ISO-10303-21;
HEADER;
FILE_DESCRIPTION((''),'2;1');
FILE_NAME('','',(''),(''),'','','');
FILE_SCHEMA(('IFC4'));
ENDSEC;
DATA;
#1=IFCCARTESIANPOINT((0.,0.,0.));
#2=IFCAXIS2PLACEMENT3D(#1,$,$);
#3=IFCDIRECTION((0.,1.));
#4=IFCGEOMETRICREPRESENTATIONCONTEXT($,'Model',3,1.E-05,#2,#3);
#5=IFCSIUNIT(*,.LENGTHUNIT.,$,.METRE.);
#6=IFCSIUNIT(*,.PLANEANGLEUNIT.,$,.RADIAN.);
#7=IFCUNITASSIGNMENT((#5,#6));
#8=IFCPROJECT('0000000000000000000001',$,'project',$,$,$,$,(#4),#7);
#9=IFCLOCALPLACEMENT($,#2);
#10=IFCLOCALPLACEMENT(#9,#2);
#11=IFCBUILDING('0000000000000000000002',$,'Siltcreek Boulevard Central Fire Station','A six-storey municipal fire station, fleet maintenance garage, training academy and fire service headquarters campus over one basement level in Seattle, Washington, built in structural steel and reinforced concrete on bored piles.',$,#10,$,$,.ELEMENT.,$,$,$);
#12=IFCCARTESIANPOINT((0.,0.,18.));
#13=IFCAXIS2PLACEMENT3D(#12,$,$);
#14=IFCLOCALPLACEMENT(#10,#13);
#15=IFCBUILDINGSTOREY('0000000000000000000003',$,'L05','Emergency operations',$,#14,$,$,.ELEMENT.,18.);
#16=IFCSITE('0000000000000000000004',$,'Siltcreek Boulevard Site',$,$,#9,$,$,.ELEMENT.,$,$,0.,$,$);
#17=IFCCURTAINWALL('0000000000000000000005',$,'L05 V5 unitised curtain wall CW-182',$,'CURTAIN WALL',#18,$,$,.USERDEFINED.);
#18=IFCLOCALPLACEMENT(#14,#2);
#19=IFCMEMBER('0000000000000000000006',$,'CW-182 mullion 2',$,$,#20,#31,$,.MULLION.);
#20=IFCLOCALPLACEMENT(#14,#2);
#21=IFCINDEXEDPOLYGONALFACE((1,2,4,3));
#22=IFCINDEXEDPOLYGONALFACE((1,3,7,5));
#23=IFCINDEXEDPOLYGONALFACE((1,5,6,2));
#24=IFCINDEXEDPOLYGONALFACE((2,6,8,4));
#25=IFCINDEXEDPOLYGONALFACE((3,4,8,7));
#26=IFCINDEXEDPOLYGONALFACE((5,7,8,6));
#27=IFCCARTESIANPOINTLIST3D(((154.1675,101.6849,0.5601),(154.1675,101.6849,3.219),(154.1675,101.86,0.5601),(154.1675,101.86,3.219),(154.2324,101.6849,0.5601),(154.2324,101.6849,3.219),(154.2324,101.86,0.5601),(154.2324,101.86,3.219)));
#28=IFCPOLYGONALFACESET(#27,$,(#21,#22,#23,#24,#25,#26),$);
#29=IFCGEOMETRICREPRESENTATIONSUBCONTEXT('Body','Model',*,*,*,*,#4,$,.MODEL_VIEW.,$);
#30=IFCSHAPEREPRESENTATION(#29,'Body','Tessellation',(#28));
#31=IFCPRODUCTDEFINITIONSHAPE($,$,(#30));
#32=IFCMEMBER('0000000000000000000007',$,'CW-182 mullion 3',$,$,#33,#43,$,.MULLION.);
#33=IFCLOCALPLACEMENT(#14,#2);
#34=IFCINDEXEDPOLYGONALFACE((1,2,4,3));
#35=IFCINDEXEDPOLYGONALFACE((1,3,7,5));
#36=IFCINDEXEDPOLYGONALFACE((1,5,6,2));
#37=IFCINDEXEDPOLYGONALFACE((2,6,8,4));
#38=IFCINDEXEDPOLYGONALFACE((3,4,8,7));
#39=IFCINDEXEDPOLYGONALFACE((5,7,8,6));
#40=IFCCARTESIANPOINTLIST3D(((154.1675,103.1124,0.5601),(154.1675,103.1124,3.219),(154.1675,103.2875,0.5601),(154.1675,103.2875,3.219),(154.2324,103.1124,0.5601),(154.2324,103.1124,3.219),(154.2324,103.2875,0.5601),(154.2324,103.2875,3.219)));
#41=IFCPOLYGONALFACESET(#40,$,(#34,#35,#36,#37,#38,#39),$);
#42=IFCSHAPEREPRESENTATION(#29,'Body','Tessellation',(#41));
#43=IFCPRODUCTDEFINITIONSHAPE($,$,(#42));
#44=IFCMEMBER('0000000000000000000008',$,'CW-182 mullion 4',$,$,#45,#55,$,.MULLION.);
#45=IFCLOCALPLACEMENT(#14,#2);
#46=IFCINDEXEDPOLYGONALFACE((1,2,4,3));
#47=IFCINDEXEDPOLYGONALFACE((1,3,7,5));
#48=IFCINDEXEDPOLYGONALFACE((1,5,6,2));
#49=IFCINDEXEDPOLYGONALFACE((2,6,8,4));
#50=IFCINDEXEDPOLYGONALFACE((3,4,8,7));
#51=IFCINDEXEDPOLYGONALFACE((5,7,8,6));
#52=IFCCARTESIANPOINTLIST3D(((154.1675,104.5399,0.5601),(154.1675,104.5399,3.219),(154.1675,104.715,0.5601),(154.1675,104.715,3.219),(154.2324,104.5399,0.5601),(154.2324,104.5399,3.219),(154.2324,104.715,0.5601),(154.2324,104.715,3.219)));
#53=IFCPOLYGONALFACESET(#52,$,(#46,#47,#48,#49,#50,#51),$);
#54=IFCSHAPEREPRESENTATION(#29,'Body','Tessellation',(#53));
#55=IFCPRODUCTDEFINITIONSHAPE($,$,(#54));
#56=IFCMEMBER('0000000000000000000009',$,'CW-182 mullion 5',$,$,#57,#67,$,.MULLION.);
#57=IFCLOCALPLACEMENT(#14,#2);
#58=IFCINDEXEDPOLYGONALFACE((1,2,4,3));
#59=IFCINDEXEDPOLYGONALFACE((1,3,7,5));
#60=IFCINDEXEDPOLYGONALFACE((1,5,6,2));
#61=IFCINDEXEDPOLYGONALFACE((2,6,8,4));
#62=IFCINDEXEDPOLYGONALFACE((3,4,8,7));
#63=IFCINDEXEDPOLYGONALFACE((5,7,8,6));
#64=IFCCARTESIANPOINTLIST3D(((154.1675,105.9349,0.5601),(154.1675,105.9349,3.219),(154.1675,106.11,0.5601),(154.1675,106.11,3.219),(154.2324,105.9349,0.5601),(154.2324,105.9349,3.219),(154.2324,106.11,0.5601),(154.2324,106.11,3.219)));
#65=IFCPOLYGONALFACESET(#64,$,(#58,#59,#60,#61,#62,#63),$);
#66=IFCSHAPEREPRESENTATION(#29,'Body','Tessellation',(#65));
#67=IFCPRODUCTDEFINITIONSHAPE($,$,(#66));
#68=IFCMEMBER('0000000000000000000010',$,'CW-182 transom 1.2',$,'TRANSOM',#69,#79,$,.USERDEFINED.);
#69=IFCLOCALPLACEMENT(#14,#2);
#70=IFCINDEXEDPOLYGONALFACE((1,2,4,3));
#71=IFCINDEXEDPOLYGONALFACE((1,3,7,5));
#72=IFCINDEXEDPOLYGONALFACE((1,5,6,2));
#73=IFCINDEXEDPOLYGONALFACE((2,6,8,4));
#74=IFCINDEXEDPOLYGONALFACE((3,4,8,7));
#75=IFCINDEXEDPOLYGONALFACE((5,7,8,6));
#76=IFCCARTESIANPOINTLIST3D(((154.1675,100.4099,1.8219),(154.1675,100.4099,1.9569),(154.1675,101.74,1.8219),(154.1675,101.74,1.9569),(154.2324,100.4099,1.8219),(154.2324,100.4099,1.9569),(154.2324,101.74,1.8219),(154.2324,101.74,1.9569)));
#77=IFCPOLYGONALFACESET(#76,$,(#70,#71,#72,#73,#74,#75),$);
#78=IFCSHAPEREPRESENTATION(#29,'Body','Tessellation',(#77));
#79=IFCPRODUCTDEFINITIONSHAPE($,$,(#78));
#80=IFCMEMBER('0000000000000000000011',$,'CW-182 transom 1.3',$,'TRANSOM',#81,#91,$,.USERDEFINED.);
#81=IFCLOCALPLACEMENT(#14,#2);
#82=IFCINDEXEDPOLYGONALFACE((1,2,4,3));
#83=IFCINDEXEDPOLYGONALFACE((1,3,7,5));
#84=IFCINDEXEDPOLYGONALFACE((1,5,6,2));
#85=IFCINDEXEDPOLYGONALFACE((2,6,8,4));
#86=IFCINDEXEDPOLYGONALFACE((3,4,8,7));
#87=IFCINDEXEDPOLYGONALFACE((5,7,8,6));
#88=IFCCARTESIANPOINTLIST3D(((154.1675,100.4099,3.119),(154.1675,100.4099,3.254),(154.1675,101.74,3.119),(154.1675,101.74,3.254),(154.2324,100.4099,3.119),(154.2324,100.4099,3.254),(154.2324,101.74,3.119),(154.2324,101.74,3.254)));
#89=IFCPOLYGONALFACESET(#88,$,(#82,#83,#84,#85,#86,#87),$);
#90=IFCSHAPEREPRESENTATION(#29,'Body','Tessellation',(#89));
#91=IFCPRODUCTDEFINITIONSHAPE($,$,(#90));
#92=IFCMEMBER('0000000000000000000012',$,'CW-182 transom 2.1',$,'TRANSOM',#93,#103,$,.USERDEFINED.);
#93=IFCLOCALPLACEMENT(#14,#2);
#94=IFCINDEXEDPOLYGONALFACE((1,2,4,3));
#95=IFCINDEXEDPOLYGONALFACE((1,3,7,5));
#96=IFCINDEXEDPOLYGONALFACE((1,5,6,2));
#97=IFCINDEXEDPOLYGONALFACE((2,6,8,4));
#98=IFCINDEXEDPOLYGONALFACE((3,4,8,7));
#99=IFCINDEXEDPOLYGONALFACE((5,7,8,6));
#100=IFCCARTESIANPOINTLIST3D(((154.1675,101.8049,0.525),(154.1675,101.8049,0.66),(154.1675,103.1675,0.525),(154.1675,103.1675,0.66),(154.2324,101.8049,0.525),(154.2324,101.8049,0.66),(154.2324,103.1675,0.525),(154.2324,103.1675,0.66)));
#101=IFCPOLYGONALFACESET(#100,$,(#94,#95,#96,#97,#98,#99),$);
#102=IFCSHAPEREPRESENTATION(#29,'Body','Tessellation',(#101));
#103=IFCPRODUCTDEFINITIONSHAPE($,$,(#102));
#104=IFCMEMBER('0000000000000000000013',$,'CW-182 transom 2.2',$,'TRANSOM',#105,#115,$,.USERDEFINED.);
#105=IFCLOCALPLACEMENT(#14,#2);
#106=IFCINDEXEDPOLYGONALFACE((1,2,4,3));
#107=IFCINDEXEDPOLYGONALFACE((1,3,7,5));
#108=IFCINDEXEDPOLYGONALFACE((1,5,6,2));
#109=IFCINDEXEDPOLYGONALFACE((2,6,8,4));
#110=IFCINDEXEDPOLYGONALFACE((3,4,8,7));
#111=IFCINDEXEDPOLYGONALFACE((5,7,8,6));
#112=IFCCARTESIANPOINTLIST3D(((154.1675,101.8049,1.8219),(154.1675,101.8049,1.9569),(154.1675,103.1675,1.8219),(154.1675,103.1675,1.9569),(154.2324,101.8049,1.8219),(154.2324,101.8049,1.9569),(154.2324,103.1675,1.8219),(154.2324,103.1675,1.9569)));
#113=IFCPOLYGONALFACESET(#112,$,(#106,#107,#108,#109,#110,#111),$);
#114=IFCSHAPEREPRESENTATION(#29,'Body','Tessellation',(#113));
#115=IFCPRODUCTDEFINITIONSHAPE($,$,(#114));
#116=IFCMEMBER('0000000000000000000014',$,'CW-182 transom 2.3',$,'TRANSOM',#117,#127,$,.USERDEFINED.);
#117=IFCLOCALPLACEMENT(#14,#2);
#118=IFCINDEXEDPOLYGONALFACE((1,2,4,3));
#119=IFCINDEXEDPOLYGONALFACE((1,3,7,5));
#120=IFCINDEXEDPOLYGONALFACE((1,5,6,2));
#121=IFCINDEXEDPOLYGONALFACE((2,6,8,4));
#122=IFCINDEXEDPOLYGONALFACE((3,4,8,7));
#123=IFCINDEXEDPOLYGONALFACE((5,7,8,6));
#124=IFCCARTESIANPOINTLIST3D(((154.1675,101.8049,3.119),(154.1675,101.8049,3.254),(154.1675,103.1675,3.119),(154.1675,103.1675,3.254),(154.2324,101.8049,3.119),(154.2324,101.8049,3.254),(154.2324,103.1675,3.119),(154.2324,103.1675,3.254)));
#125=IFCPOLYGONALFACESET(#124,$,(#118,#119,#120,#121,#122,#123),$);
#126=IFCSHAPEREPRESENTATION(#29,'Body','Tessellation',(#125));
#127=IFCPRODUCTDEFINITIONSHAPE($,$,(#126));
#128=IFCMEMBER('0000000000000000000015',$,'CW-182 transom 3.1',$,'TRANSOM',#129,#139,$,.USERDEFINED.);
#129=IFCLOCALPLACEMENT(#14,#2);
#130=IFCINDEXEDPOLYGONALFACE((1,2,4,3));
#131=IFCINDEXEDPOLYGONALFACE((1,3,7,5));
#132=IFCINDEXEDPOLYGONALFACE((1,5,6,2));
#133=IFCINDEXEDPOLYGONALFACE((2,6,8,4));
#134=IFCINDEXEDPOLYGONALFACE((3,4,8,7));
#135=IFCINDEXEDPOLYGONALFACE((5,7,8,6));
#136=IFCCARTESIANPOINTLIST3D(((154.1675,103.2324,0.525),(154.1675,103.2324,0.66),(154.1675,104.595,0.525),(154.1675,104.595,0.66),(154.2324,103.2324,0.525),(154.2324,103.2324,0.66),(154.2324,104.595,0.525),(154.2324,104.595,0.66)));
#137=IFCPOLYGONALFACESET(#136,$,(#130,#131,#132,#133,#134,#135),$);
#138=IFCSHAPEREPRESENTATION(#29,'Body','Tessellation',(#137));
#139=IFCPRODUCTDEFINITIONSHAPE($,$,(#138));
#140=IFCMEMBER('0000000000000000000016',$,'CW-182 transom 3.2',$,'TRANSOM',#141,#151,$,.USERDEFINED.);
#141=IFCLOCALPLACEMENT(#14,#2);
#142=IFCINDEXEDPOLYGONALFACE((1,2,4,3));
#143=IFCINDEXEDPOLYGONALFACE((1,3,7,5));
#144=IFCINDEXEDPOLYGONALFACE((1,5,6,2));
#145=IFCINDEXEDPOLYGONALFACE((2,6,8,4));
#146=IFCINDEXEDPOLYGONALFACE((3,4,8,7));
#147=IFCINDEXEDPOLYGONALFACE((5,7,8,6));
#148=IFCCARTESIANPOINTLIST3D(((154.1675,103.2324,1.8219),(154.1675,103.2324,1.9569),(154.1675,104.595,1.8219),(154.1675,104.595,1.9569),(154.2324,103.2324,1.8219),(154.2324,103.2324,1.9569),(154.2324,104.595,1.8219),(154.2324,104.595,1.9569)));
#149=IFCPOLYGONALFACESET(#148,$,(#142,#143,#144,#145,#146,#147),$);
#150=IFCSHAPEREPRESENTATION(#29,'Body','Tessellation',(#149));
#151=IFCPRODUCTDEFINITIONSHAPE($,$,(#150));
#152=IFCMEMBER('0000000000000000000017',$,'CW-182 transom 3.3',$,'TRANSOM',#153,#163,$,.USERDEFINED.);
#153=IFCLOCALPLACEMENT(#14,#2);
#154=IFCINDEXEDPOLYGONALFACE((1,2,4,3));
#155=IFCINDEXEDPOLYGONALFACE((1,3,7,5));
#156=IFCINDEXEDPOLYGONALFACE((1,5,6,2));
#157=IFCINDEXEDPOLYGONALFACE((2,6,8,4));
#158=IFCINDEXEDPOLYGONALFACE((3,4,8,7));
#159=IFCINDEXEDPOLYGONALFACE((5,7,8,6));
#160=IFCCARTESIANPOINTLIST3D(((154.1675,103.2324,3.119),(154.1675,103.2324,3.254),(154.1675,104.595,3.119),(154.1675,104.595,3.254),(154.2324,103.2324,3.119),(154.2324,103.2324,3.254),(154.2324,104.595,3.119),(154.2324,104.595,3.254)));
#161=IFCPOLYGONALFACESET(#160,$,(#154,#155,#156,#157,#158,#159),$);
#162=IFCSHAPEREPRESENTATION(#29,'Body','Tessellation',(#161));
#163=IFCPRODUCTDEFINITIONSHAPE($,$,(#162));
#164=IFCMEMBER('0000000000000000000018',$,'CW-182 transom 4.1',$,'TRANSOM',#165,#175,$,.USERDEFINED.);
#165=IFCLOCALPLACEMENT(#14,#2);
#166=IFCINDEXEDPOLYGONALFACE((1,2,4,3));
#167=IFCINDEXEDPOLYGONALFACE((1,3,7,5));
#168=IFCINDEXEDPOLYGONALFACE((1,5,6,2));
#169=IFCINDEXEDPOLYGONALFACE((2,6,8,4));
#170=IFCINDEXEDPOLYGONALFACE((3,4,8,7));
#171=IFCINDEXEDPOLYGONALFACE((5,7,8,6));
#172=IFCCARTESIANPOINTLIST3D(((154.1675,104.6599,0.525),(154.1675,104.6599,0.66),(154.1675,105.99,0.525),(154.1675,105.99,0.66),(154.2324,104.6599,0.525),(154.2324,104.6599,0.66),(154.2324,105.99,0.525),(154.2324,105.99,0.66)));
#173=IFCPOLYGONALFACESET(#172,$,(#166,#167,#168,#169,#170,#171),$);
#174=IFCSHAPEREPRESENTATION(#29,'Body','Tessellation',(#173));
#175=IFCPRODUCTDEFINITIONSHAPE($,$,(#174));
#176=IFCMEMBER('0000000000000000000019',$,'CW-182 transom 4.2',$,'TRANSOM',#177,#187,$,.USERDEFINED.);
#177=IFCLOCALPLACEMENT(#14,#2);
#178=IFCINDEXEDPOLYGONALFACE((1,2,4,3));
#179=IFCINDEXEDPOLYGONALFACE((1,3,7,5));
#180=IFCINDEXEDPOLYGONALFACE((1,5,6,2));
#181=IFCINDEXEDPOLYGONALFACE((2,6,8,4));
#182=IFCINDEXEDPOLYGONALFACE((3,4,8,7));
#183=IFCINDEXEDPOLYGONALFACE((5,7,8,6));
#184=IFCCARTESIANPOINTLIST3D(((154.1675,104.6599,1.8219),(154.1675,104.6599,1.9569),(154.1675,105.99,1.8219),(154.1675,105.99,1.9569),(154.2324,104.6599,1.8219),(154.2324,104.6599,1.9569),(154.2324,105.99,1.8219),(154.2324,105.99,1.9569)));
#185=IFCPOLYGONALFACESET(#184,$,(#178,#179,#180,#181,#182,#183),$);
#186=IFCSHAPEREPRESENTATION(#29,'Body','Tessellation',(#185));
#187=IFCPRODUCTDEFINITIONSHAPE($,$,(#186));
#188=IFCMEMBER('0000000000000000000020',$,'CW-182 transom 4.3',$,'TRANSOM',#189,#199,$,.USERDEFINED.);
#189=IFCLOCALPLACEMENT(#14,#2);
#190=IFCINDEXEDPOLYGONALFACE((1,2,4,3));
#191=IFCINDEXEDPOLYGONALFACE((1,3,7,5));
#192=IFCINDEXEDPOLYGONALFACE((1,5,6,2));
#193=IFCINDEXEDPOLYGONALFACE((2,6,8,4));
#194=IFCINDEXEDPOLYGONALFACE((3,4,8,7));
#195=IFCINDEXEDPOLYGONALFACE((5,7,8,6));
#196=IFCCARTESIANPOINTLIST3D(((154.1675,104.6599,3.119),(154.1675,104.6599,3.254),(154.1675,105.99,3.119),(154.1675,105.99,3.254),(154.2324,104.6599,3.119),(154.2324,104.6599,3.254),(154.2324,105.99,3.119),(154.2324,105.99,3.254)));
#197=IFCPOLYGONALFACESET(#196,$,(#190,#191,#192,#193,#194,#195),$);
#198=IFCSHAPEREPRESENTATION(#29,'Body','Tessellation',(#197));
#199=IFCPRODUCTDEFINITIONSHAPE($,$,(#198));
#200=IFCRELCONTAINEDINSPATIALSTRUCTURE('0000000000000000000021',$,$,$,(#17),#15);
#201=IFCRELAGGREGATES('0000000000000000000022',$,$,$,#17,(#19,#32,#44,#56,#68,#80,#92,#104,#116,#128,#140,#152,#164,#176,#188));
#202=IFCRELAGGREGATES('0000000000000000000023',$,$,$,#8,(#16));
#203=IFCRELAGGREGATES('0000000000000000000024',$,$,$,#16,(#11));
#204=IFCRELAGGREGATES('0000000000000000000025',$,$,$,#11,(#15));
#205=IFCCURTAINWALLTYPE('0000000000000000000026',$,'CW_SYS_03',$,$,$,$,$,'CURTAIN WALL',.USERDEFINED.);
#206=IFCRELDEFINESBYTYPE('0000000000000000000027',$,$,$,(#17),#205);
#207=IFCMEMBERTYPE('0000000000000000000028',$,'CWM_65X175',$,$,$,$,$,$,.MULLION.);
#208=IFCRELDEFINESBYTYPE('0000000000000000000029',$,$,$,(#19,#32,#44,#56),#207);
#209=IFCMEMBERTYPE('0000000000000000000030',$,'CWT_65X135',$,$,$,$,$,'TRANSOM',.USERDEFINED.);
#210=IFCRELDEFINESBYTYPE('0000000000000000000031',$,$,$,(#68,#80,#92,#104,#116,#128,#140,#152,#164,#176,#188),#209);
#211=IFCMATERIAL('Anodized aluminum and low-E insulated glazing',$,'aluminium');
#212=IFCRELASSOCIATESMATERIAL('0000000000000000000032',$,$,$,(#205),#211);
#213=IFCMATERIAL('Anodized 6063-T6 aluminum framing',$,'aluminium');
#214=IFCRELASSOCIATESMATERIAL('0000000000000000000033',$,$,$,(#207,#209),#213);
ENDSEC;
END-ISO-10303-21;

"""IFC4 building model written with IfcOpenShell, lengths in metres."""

from ifc_helpers import new_model, si_unit, direction, frame, origin, origin_2d, place, context, subcontext, project, spatial, rectangle, extrude, material, material_profile, profile_set, type_object, element, aggregate, save


model = new_model("IFC4")

# Units and contexts
model_context = context("Model", 3, precision=1e-05, world=origin(), true_north=direction((0.0, 1.0)))
body_context = subcontext(model_context, "Body", "Model", "MODEL_VIEW")
ifc_project = project(units=[si_unit("LENGTHUNIT", "METRE"), si_unit("PLANEANGLEUNIT", "RADIAN")], contexts=[model_context])

# Site, building, storey
site_placement = place(None, origin())
site = spatial("IfcSite", under=ifc_project, at=site_placement, Name="Siltcreek Boulevard Site", CompositionType="ELEMENT", RefElevation=0.0)
building_placement = place(site_placement, origin())
building = spatial("IfcBuilding", under=site, at=building_placement, Name="Siltcreek Boulevard Central Fire Station", Description="A six-storey municipal fire station, fleet maintenance garage, training academy and fire service headquarters campus over one basement level in Seattle, Washington, built in structural steel and reinforced concrete on bored piles.", CompositionType="ELEMENT")
storey_placement = place(building_placement, frame((0.0, 0.0, 18.0)))
storey = spatial("IfcBuildingStorey", under=building, at=storey_placement, Name="L05", Description="Emergency operations", CompositionType="ELEMENT", Elevation=18.0)

# Curtain wall, members
ifc_material_1 = material(Name="Anodized aluminum and low-E insulated glazing", Category="aluminium")
curtain_wall_type = type_object("IfcCurtainWallType", Name="CW_SYS_03", ElementType="CURTAIN WALL", PredefinedType="USERDEFINED", material=ifc_material_1)
curtain_wall_placement = place(storey_placement, origin())
curtain_wall = element("IfcCurtainWall", 1, at=curtain_wall_placement, inside=storey, type_object=curtain_wall_type, Name="L05 V5 unitised curtain wall CW-182", ObjectType="CURTAIN WALL", PredefinedType="USERDEFINED")
ifc_material_2 = material(Name="Anodized 6063-T6 aluminum framing", Category="aluminium")
ifc_material_profile_1 = material_profile(ifc_material_2, rectangle(XDim=0.0649, YDim=0.175, at=origin_2d()), Name="MULL65X175")
ifc_profile_set_1 = profile_set([ifc_material_profile_1], Name="Anodized 6063-T6 aluminum framing")
member_type_1 = type_object("IfcMemberType", Name="CWM_65X175", PredefinedType="MULLION", material=ifc_profile_set_1)
member_1_placement = place(storey_placement, frame((154.2, 101.7725, 0.5601), z_axis=(0.0, 0.0, 1.0), x_axis=(-1.0, 0.0, 0.0)))
member_1 = element("IfcMember", 2, at=member_1_placement, type_object=member_type_1, Name="CW-182 mullion 2", PredefinedType="MULLION", context=body_context, shape_type="SweptSolid", body=[
    extrude(rectangle(XDim=0.0649, YDim=0.175, at=origin_2d()), origin(), (0.0, 0.0, 1.0), 2.6589),
])
member_2_placement = place(storey_placement, frame((154.2, 103.2, 0.5601), z_axis=(0.0, 0.0, 1.0), x_axis=(-1.0, 0.0, 0.0)))
member_2 = element("IfcMember", 3, at=member_2_placement, type_object=member_type_1, Name="CW-182 mullion 3", PredefinedType="MULLION", context=body_context, shape_type="SweptSolid", body=[
    extrude(rectangle(XDim=0.0649, YDim=0.175, at=origin_2d()), origin(), (0.0, 0.0, 1.0), 2.6589),
])
member_3_placement = place(storey_placement, frame((154.2, 104.6274, 0.5601), z_axis=(0.0, 0.0, 1.0), x_axis=(-1.0, 0.0, 0.0)))
member_3 = element("IfcMember", 4, at=member_3_placement, type_object=member_type_1, Name="CW-182 mullion 4", PredefinedType="MULLION", context=body_context, shape_type="SweptSolid", body=[
    extrude(rectangle(XDim=0.0649, YDim=0.175, at=origin_2d()), origin(), (0.0, 0.0, 1.0), 2.6589),
])
member_4_placement = place(storey_placement, frame((154.2, 106.0225, 0.5601), z_axis=(0.0, 0.0, 1.0), x_axis=(-1.0, 0.0, 0.0)))
member_4 = element("IfcMember", 5, at=member_4_placement, type_object=member_type_1, Name="CW-182 mullion 5", PredefinedType="MULLION", context=body_context, shape_type="SweptSolid", body=[
    extrude(rectangle(XDim=0.0649, YDim=0.175, at=origin_2d()), origin(), (0.0, 0.0, 1.0), 2.6589),
])
ifc_material_profile_2 = material_profile(ifc_material_2, rectangle(XDim=0.0649, YDim=0.135, at=origin_2d()), Name="TRAN65X135")
ifc_profile_set_2 = profile_set([ifc_material_profile_2], Name="Anodized 6063-T6 aluminum framing")
member_type_2 = type_object("IfcMemberType", Name="CWT_65X135", ElementType="TRANSOM", PredefinedType="USERDEFINED", material=ifc_profile_set_2)
member_5_placement = place(storey_placement, frame((154.2, 100.4099, 1.8894), z_axis=(0.0, 1.0, 0.0), x_axis=(-1.0, 0.0, 0.0)))
member_5 = element("IfcMember", 6, at=member_5_placement, type_object=member_type_2, Name="CW-182 transom 1.2", ObjectType="TRANSOM", PredefinedType="USERDEFINED", context=body_context, shape_type="SweptSolid", body=[
    extrude(rectangle(XDim=0.0649, YDim=0.135, at=origin_2d()), origin(), (0.0, 0.0, 1.0), 1.3301),
])
member_6_placement = place(storey_placement, frame((154.2, 100.4099, 3.1865), z_axis=(0.0, 1.0, 0.0), x_axis=(-1.0, 0.0, 0.0)))
member_6 = element("IfcMember", 7, at=member_6_placement, type_object=member_type_2, Name="CW-182 transom 1.3", ObjectType="TRANSOM", PredefinedType="USERDEFINED", context=body_context, shape_type="SweptSolid", body=[
    extrude(rectangle(XDim=0.0649, YDim=0.135, at=origin_2d()), origin(), (0.0, 0.0, 1.0), 1.3301),
])
member_7_placement = place(storey_placement, frame((154.2, 101.8049, 0.5925), z_axis=(0.0, 1.0, 0.0), x_axis=(-1.0, 0.0, 0.0)))
member_7 = element("IfcMember", 8, at=member_7_placement, type_object=member_type_2, Name="CW-182 transom 2.1", ObjectType="TRANSOM", PredefinedType="USERDEFINED", context=body_context, shape_type="SweptSolid", body=[
    extrude(rectangle(XDim=0.0649, YDim=0.135, at=origin_2d()), origin(), (0.0, 0.0, 1.0), 1.3625),
])
member_8_placement = place(storey_placement, frame((154.2, 101.8049, 1.8894), z_axis=(0.0, 1.0, 0.0), x_axis=(-1.0, 0.0, 0.0)))
member_8 = element("IfcMember", 9, at=member_8_placement, type_object=member_type_2, Name="CW-182 transom 2.2", ObjectType="TRANSOM", PredefinedType="USERDEFINED", context=body_context, shape_type="SweptSolid", body=[
    extrude(rectangle(XDim=0.0649, YDim=0.135, at=origin_2d()), origin(), (0.0, 0.0, 1.0), 1.3625),
])
member_9_placement = place(storey_placement, frame((154.2, 101.8049, 3.1865), z_axis=(0.0, 1.0, 0.0), x_axis=(-1.0, 0.0, 0.0)))
member_9 = element("IfcMember", 10, at=member_9_placement, type_object=member_type_2, Name="CW-182 transom 2.3", ObjectType="TRANSOM", PredefinedType="USERDEFINED", context=body_context, shape_type="SweptSolid", body=[
    extrude(rectangle(XDim=0.0649, YDim=0.135, at=origin_2d()), origin(), (0.0, 0.0, 1.0), 1.3625),
])
member_10_placement = place(storey_placement, frame((154.2, 103.2324, 0.5925), z_axis=(0.0, 1.0, 0.0), x_axis=(-1.0, 0.0, 0.0)))
member_10 = element("IfcMember", 11, at=member_10_placement, type_object=member_type_2, Name="CW-182 transom 3.1", ObjectType="TRANSOM", PredefinedType="USERDEFINED", context=body_context, shape_type="SweptSolid", body=[
    extrude(rectangle(XDim=0.0649, YDim=0.135, at=origin_2d()), origin(), (0.0, 0.0, 1.0), 1.3625),
])
member_11_placement = place(storey_placement, frame((154.2, 103.2324, 1.8894), z_axis=(0.0, 1.0, 0.0), x_axis=(-1.0, 0.0, 0.0)))
member_11 = element("IfcMember", 12, at=member_11_placement, type_object=member_type_2, Name="CW-182 transom 3.2", ObjectType="TRANSOM", PredefinedType="USERDEFINED", context=body_context, shape_type="SweptSolid", body=[
    extrude(rectangle(XDim=0.0649, YDim=0.135, at=origin_2d()), origin(), (0.0, 0.0, 1.0), 1.3625),
])
member_12_placement = place(storey_placement, frame((154.2, 103.2324, 3.1865), z_axis=(0.0, 1.0, 0.0), x_axis=(-1.0, 0.0, 0.0)))
member_12 = element("IfcMember", 13, at=member_12_placement, type_object=member_type_2, Name="CW-182 transom 3.3", ObjectType="TRANSOM", PredefinedType="USERDEFINED", context=body_context, shape_type="SweptSolid", body=[
    extrude(rectangle(XDim=0.0649, YDim=0.135, at=origin_2d()), origin(), (0.0, 0.0, 1.0), 1.3625),
])
member_13_placement = place(storey_placement, frame((154.2, 104.6599, 0.5925), z_axis=(0.0, 1.0, 0.0), x_axis=(-1.0, 0.0, 0.0)))
member_13 = element("IfcMember", 14, at=member_13_placement, type_object=member_type_2, Name="CW-182 transom 4.1", ObjectType="TRANSOM", PredefinedType="USERDEFINED", context=body_context, shape_type="SweptSolid", body=[
    extrude(rectangle(XDim=0.0649, YDim=0.135, at=origin_2d()), origin(), (0.0, 0.0, 1.0), 1.3301),
])
member_14_placement = place(storey_placement, frame((154.2, 104.6599, 1.8894), z_axis=(0.0, 1.0, 0.0), x_axis=(-1.0, 0.0, 0.0)))
member_14 = element("IfcMember", 15, at=member_14_placement, type_object=member_type_2, Name="CW-182 transom 4.2", ObjectType="TRANSOM", PredefinedType="USERDEFINED", context=body_context, shape_type="SweptSolid", body=[
    extrude(rectangle(XDim=0.0649, YDim=0.135, at=origin_2d()), origin(), (0.0, 0.0, 1.0), 1.3301),
])
member_15_placement = place(storey_placement, frame((154.2, 104.6599, 3.1865), z_axis=(0.0, 1.0, 0.0), x_axis=(-1.0, 0.0, 0.0)))
member_15 = element("IfcMember", 16, at=member_15_placement, type_object=member_type_2, Name="CW-182 transom 4.3", ObjectType="TRANSOM", PredefinedType="USERDEFINED", context=body_context, shape_type="SweptSolid", body=[
    extrude(rectangle(XDim=0.0649, YDim=0.135, at=origin_2d()), origin(), (0.0, 0.0, 1.0), 1.3301),
])
aggregate(curtain_wall, [member_1, member_2, member_3, member_4, member_5, member_6, member_7, member_8, member_9, member_10, member_11, member_12, member_13, member_14, member_15])

save(model, "model.ifc")
